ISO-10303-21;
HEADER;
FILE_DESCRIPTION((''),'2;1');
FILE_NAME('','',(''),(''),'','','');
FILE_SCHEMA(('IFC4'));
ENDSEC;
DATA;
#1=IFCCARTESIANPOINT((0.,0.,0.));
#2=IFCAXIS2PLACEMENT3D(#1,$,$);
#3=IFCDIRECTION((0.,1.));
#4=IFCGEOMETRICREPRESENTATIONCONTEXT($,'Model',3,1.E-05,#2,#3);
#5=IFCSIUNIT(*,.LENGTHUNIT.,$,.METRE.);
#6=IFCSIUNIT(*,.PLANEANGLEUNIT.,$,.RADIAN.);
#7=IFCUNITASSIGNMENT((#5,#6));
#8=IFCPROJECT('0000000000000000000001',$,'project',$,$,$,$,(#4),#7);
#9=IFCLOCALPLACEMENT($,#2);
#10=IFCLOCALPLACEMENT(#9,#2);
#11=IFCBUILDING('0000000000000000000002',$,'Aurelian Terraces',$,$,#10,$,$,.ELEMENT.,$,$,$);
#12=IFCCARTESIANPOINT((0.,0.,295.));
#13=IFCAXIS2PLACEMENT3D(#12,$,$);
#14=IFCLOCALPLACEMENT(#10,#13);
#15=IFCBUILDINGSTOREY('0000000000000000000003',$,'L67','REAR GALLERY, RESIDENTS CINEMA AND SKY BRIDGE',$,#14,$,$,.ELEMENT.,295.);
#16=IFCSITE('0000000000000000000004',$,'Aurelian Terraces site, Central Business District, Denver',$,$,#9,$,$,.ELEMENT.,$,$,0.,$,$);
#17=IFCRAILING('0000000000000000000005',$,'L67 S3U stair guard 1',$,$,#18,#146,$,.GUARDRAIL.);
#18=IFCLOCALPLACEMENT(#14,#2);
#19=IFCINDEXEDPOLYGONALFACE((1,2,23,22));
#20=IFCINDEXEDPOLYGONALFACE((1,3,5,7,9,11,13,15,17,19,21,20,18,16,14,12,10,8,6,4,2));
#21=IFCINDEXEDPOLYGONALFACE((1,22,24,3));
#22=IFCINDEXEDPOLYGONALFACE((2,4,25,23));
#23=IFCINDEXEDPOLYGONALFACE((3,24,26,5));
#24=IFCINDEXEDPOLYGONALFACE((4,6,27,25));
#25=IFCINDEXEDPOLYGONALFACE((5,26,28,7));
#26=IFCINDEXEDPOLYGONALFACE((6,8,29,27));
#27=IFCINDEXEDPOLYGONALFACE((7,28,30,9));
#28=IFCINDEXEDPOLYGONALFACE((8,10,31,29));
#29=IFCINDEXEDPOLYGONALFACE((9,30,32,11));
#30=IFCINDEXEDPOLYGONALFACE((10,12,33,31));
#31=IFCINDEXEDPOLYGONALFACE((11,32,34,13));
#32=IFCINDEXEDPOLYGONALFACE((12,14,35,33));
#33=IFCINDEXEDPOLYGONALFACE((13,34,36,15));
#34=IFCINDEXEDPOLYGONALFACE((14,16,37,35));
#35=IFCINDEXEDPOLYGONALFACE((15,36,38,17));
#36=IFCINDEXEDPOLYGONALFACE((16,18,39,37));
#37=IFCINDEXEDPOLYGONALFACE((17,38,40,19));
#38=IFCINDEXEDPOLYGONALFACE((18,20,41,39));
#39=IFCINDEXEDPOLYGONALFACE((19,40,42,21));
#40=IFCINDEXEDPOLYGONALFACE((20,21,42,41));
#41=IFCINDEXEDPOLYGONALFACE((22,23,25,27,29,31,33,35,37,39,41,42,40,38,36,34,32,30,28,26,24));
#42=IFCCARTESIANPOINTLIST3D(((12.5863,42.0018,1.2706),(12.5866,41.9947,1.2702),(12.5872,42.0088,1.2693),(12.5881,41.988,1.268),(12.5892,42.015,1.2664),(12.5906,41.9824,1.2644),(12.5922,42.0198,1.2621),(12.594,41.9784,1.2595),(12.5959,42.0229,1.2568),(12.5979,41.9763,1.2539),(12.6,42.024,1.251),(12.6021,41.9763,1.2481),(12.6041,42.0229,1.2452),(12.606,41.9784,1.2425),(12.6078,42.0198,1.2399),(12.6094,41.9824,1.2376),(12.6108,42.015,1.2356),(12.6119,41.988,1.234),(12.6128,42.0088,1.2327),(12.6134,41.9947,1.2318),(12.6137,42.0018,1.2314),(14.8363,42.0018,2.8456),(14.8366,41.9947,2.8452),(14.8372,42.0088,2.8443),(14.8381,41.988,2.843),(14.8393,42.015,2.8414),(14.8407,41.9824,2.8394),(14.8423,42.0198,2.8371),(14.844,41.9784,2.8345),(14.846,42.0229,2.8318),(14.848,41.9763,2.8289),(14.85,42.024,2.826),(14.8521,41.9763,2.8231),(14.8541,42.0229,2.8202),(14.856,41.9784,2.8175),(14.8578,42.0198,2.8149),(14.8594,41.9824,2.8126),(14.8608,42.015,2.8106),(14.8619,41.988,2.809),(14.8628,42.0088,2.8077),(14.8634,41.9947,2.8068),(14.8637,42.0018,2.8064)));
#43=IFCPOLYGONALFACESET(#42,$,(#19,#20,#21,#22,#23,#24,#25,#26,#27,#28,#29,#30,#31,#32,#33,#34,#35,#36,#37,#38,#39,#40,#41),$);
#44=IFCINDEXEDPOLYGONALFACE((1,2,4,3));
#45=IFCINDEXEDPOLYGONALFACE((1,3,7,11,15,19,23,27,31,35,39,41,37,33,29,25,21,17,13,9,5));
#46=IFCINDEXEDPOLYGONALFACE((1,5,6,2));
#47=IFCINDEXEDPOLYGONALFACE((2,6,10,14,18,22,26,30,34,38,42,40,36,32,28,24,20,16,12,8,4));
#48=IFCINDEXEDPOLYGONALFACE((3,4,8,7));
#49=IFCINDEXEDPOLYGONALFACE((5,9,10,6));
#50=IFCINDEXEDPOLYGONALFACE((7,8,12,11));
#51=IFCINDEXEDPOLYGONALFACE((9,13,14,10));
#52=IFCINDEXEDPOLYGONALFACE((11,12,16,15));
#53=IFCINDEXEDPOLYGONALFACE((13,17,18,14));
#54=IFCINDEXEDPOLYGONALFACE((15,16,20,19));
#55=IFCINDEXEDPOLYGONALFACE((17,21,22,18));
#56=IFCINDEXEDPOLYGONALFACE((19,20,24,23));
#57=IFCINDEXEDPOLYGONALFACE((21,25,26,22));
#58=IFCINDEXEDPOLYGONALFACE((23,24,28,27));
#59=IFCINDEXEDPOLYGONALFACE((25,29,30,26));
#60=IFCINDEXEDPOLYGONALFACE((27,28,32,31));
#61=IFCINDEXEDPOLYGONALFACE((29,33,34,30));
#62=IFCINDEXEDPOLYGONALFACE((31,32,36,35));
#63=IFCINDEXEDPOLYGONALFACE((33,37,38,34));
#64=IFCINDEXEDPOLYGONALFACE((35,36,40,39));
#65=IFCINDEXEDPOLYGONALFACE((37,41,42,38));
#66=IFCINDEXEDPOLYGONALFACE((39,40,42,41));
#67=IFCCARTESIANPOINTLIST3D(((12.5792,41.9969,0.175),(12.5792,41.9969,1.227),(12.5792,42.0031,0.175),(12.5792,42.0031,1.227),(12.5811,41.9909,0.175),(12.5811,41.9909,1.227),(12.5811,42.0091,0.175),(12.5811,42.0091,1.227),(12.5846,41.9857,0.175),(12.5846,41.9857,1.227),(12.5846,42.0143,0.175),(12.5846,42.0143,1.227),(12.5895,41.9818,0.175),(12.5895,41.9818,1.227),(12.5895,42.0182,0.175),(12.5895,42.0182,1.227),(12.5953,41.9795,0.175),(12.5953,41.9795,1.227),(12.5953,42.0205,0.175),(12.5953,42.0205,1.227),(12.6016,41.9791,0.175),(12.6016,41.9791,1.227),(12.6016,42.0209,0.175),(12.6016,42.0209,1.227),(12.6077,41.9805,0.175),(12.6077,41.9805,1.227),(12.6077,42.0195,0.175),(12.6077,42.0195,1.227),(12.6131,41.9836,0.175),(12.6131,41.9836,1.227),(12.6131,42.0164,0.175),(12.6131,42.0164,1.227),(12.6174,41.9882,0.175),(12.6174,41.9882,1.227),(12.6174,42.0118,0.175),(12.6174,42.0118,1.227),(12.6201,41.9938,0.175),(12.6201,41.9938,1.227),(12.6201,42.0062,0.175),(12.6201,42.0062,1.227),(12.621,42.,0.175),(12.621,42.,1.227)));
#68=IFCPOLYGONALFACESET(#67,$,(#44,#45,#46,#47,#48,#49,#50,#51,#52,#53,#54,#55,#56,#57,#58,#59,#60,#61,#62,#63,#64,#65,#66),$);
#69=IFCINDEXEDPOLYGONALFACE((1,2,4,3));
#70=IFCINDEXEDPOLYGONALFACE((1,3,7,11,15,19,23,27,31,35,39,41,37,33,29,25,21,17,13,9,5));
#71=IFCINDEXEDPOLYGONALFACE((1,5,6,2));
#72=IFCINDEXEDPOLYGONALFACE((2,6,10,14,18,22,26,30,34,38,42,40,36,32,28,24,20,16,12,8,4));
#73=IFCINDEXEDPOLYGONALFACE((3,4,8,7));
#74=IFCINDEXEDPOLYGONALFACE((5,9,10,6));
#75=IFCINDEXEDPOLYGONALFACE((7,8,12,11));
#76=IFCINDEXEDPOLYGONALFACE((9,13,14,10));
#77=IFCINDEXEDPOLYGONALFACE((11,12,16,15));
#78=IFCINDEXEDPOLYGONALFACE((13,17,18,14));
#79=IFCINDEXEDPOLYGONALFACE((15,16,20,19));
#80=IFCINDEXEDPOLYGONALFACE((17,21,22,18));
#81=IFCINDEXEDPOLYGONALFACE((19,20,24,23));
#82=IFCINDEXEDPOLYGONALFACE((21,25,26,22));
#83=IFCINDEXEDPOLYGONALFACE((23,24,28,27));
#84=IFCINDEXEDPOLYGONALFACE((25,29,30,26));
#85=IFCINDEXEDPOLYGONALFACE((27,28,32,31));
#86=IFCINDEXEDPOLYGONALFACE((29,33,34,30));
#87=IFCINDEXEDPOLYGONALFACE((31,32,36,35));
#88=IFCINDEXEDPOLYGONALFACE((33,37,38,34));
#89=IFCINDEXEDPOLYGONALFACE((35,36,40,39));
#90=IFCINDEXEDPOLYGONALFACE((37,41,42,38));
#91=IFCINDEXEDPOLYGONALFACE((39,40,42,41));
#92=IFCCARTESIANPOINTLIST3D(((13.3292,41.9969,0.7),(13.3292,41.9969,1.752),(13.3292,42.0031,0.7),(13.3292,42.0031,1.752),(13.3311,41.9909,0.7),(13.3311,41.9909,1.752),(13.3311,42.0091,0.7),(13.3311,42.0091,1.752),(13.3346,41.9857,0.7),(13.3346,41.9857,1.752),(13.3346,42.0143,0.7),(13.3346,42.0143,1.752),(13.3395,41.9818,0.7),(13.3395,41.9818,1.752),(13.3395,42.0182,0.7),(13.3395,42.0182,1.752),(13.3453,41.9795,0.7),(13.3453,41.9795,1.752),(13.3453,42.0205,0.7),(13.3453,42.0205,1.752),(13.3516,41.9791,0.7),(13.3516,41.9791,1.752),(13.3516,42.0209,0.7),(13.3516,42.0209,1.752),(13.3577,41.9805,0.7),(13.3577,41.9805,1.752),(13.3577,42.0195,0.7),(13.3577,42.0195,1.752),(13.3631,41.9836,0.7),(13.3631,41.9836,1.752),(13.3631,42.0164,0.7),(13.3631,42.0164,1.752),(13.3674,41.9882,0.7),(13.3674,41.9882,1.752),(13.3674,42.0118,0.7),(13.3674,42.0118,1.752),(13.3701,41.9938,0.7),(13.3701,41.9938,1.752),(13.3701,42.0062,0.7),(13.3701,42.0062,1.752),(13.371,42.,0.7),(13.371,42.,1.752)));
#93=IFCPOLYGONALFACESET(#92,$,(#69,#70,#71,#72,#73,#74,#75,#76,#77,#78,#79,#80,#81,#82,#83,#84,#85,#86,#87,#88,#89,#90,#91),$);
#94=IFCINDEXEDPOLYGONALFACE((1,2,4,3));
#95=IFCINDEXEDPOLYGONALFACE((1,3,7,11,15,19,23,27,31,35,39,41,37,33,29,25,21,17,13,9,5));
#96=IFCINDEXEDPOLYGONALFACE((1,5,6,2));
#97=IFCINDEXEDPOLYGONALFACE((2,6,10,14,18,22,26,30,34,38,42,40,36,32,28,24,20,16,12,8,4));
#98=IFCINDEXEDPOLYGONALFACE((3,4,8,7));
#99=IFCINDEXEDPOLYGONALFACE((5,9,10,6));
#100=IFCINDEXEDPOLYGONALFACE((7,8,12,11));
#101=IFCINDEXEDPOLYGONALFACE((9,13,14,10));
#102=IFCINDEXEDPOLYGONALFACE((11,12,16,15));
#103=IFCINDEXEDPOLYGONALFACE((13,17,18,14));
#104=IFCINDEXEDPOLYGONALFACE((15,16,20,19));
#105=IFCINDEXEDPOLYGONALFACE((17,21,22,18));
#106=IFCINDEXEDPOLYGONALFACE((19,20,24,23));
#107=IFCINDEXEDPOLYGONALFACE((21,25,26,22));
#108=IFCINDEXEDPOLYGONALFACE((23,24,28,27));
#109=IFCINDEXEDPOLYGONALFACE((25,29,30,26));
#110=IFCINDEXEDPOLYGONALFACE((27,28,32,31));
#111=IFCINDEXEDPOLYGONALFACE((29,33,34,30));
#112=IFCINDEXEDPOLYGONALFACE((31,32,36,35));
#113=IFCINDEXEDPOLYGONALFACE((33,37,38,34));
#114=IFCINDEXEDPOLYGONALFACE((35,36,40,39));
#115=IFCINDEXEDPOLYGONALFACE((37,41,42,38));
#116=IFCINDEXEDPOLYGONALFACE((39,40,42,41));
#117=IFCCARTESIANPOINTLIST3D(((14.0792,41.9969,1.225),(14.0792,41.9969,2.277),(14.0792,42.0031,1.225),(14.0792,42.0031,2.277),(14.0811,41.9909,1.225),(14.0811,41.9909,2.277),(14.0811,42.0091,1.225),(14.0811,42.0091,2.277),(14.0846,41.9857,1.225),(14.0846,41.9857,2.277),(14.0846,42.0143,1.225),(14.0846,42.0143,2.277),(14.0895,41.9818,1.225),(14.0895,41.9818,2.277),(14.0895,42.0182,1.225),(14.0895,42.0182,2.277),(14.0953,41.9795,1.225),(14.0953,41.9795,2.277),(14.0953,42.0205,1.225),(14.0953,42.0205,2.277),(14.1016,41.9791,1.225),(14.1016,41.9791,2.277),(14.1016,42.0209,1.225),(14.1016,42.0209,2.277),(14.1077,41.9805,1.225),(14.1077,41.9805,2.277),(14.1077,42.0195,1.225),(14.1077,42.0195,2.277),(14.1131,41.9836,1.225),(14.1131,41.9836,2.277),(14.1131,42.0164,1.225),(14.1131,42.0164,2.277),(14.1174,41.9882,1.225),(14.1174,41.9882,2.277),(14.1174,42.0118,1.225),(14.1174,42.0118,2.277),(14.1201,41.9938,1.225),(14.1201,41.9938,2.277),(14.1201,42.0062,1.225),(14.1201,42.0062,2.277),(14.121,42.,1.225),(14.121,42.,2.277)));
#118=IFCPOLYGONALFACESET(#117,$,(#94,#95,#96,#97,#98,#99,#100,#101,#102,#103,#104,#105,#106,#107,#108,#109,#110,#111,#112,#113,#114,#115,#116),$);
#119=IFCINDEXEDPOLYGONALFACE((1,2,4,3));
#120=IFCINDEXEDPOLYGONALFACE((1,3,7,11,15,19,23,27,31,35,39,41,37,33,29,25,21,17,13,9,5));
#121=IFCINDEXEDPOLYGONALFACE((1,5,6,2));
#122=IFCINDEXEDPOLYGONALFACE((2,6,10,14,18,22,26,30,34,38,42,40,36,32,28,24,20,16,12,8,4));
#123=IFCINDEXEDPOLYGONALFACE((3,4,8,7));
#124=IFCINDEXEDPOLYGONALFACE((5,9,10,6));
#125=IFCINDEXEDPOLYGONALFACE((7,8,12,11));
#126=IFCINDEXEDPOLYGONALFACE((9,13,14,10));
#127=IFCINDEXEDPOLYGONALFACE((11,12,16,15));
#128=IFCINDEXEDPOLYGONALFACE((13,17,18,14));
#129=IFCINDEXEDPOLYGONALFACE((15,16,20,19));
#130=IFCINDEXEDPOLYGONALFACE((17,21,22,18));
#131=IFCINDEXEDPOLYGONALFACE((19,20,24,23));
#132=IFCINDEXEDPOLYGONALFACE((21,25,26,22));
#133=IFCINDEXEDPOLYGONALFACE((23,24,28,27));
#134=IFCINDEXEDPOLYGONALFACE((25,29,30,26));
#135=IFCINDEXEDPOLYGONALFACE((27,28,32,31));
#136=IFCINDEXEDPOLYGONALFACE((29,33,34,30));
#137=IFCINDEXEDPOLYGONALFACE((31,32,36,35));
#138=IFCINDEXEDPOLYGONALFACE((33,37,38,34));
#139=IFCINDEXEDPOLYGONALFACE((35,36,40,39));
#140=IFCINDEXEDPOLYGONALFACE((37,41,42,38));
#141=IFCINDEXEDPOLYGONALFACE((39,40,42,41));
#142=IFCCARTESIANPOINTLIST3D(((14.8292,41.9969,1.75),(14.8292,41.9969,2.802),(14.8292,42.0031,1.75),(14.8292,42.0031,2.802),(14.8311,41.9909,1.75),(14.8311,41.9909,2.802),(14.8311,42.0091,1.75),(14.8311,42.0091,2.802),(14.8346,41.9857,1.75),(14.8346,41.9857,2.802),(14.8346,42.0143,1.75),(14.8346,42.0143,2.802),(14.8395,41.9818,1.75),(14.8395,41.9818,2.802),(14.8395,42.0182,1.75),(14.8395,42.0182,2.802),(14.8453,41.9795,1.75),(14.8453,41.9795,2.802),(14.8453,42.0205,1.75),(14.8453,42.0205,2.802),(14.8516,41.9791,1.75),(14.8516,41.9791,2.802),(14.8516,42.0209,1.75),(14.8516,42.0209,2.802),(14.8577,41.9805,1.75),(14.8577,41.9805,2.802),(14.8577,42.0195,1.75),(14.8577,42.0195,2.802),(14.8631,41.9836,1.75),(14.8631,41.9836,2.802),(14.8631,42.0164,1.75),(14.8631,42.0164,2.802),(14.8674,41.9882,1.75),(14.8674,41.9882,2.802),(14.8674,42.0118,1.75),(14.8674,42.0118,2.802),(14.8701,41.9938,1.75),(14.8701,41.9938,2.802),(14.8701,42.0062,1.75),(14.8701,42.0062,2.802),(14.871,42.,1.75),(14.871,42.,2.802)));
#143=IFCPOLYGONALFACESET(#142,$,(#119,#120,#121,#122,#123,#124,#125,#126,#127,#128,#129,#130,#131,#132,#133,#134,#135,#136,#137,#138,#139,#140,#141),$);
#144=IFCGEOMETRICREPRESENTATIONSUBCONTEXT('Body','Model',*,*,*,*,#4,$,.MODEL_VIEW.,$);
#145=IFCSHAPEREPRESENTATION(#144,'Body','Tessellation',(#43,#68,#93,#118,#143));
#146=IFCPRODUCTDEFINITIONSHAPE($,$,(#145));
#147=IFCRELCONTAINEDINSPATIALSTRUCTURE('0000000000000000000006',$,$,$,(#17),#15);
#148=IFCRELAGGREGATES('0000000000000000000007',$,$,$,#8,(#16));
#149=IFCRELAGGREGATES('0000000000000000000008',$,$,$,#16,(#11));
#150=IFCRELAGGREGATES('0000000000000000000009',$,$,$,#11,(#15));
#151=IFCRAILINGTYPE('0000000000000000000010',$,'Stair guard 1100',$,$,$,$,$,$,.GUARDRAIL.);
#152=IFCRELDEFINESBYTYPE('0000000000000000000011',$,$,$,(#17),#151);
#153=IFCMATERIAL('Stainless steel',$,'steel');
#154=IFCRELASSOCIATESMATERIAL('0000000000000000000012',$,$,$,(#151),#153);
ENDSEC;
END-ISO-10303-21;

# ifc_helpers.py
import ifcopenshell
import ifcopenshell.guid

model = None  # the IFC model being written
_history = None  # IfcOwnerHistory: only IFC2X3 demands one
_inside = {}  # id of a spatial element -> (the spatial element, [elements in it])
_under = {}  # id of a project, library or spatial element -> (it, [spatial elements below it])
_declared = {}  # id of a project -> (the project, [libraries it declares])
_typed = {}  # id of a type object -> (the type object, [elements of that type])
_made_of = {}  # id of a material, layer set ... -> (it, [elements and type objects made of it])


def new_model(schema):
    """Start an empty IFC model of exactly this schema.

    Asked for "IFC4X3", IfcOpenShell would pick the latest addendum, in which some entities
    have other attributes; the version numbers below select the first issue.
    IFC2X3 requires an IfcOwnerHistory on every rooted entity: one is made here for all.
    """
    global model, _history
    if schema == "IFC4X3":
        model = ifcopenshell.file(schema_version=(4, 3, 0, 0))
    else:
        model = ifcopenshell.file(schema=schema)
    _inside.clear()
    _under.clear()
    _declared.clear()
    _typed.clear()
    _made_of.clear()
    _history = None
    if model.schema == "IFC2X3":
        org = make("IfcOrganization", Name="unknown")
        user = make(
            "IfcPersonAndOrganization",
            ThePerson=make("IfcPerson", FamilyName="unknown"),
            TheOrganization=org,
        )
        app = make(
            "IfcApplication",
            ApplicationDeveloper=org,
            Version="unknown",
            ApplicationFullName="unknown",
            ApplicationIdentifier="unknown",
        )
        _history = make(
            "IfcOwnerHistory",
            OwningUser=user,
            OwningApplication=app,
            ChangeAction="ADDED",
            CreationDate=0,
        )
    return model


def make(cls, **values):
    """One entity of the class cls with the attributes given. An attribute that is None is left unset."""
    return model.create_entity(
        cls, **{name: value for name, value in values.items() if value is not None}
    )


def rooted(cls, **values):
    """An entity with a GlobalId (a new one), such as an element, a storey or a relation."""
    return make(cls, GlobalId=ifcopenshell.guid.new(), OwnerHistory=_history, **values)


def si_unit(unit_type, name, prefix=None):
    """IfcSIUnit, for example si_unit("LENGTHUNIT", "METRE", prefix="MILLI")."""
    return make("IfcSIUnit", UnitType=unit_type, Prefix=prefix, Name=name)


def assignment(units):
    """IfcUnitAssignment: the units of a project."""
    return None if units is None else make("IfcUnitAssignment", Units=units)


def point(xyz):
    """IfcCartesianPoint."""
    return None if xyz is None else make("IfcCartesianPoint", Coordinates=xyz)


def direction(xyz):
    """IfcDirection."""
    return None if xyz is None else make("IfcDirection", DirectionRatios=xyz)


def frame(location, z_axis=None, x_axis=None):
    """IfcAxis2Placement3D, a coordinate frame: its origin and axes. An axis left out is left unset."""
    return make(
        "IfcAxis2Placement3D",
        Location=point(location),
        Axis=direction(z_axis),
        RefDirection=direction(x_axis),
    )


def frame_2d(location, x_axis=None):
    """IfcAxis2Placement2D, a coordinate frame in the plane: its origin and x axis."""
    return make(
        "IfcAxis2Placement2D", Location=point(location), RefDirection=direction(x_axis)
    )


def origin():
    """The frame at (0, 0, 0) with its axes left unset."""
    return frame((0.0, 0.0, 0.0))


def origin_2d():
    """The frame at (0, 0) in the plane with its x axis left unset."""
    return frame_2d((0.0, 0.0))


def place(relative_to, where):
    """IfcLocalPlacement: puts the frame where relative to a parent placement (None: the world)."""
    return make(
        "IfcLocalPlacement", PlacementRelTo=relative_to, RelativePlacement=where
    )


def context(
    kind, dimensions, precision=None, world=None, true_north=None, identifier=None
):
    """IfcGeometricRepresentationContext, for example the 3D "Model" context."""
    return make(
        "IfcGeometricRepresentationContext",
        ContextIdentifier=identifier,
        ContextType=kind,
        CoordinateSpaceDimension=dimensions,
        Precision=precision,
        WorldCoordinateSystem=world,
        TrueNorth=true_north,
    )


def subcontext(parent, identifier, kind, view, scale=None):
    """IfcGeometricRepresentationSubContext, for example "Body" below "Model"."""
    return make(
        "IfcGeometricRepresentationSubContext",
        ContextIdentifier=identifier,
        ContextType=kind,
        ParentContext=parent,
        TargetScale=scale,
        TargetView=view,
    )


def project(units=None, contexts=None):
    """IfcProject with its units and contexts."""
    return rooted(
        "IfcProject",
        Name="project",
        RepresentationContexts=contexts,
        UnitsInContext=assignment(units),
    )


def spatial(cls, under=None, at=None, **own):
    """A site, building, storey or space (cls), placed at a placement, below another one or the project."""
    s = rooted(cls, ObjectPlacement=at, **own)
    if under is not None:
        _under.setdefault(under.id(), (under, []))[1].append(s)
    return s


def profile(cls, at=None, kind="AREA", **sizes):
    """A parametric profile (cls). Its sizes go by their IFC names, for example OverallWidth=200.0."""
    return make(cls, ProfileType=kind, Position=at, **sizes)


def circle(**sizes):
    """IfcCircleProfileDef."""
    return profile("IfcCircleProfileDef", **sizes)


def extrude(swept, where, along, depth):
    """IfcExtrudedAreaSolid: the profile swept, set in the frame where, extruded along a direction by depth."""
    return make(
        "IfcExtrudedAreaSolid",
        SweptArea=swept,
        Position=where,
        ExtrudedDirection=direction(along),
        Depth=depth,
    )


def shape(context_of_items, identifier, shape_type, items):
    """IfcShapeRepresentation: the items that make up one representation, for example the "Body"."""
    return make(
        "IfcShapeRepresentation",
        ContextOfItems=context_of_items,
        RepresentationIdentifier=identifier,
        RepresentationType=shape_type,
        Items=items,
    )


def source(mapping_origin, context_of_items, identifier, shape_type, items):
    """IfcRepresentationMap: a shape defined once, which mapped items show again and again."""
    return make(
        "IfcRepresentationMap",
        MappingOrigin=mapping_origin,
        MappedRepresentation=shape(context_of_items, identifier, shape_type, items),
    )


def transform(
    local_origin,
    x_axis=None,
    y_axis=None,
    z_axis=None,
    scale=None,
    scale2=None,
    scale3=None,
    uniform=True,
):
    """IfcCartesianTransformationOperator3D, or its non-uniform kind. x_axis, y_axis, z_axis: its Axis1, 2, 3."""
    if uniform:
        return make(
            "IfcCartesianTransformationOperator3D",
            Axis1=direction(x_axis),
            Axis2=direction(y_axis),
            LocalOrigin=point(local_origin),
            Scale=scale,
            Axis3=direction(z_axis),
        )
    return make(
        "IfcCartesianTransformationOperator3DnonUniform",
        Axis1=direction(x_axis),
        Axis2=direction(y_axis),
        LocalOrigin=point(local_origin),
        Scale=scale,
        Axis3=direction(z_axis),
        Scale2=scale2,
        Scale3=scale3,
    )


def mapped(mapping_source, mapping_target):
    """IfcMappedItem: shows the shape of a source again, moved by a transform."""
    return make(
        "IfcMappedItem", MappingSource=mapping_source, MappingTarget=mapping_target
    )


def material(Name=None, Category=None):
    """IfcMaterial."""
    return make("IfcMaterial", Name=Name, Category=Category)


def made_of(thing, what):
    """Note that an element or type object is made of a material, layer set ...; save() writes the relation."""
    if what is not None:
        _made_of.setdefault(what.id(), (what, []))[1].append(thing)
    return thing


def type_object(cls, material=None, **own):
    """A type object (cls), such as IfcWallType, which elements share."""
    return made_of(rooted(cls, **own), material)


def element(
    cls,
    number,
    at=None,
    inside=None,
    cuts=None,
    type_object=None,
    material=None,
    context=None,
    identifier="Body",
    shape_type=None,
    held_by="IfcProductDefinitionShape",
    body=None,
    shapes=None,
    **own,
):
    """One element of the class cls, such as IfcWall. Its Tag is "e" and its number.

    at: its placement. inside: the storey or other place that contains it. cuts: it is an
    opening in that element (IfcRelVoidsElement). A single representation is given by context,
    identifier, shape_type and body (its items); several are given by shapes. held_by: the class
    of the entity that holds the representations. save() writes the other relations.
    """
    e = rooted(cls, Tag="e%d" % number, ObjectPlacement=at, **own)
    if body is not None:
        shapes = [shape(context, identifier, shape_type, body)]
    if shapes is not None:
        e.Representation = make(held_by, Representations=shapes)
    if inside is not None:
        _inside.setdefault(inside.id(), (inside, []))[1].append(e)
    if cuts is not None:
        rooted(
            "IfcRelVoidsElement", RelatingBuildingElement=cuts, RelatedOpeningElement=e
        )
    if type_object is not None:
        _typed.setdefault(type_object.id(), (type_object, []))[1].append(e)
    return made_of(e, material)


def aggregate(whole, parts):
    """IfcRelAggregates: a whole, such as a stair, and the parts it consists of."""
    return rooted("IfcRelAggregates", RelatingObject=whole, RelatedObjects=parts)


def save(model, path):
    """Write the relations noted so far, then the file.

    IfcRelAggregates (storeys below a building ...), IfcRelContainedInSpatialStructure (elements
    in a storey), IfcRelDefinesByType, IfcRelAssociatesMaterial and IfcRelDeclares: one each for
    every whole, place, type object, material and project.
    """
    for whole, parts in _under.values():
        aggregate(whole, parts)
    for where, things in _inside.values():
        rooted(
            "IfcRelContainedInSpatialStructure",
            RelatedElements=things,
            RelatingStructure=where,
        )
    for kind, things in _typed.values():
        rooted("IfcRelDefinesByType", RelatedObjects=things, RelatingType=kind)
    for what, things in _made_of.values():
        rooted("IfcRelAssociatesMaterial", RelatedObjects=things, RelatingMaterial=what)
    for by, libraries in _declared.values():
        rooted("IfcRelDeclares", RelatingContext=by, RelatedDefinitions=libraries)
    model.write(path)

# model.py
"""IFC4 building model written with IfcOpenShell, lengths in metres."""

from ifc_helpers import new_model, si_unit, direction, frame, origin, origin_2d, place, context, subcontext, project, spatial, circle, extrude, source, transform, mapped, material, type_object, element, save


model = new_model("IFC4")

# Units and contexts
model_context = context("Model", 3, precision=1e-05, world=origin(), true_north=direction((0.0, 1.0)))
body_context = subcontext(model_context, "Body", "Model", "MODEL_VIEW")
ifc_project = project(units=[si_unit("LENGTHUNIT", "METRE"), si_unit("PLANEANGLEUNIT", "RADIAN")], contexts=[model_context])

# Site, building, storey
site_placement = place(None, origin())
site = spatial("IfcSite", under=ifc_project, at=site_placement, Name="Aurelian Terraces site, Central Business District, Denver", CompositionType="ELEMENT", RefElevation=0.0)
building_placement = place(site_placement, origin())
building = spatial("IfcBuilding", under=site, at=building_placement, Name="Aurelian Terraces", CompositionType="ELEMENT")
storey_placement = place(building_placement, frame((0.0, 0.0, 295.0)))
storey = spatial("IfcBuildingStorey", under=building, at=storey_placement, Name="L67", Description="REAR GALLERY, RESIDENTS CINEMA AND SKY BRIDGE", CompositionType="ELEMENT", Elevation=295.0)

# Railing
ifc_material_1 = material(Name="Stainless steel", Category="steel")
railing_type_1 = type_object("IfcRailingType", Name="Stair guard 1100", PredefinedType="GUARDRAIL", material=ifc_material_1)
shared_shape_1 = source(origin(), body_context, "Body", "SweptSolid", [
    extrude(circle(Radius=0.024, at=origin_2d()), frame((0.0, 0.0, 1.076), z_axis=(0.819232, 0.0, 0.573462), x_axis=(0.0, 1.0, 0.0)), (0.0, 0.0, 1.0), 2.7465),
    extrude(circle(Radius=0.021, at=origin_2d()), origin(), (0.0, 0.0, 1.0), 1.052),
    extrude(circle(Radius=0.021, at=origin_2d()), frame((0.75, 0.0, 0.525)), (0.0, 0.0, 1.0), 1.052),
    extrude(circle(Radius=0.021, at=origin_2d()), frame((1.5, 0.0, 1.05)), (0.0, 0.0, 1.0), 1.052),
    extrude(circle(Radius=0.021, at=origin_2d()), frame((2.25, 0.0, 1.575)), (0.0, 0.0, 1.0), 1.052),
])
railing_1_placement = place(storey_placement, frame((12.6, 42.0, 0.175)))
element("IfcRailing", 1, at=railing_1_placement, inside=storey, type_object=railing_type_1, Name="L67 S3U stair guard 1", PredefinedType="GUARDRAIL", context=body_context, shape_type="MappedRepresentation", body=[
    mapped(shared_shape_1, transform((0.0, 0.0, 0.0), scale=1.0)),
])

save(model, "model.ifc")
